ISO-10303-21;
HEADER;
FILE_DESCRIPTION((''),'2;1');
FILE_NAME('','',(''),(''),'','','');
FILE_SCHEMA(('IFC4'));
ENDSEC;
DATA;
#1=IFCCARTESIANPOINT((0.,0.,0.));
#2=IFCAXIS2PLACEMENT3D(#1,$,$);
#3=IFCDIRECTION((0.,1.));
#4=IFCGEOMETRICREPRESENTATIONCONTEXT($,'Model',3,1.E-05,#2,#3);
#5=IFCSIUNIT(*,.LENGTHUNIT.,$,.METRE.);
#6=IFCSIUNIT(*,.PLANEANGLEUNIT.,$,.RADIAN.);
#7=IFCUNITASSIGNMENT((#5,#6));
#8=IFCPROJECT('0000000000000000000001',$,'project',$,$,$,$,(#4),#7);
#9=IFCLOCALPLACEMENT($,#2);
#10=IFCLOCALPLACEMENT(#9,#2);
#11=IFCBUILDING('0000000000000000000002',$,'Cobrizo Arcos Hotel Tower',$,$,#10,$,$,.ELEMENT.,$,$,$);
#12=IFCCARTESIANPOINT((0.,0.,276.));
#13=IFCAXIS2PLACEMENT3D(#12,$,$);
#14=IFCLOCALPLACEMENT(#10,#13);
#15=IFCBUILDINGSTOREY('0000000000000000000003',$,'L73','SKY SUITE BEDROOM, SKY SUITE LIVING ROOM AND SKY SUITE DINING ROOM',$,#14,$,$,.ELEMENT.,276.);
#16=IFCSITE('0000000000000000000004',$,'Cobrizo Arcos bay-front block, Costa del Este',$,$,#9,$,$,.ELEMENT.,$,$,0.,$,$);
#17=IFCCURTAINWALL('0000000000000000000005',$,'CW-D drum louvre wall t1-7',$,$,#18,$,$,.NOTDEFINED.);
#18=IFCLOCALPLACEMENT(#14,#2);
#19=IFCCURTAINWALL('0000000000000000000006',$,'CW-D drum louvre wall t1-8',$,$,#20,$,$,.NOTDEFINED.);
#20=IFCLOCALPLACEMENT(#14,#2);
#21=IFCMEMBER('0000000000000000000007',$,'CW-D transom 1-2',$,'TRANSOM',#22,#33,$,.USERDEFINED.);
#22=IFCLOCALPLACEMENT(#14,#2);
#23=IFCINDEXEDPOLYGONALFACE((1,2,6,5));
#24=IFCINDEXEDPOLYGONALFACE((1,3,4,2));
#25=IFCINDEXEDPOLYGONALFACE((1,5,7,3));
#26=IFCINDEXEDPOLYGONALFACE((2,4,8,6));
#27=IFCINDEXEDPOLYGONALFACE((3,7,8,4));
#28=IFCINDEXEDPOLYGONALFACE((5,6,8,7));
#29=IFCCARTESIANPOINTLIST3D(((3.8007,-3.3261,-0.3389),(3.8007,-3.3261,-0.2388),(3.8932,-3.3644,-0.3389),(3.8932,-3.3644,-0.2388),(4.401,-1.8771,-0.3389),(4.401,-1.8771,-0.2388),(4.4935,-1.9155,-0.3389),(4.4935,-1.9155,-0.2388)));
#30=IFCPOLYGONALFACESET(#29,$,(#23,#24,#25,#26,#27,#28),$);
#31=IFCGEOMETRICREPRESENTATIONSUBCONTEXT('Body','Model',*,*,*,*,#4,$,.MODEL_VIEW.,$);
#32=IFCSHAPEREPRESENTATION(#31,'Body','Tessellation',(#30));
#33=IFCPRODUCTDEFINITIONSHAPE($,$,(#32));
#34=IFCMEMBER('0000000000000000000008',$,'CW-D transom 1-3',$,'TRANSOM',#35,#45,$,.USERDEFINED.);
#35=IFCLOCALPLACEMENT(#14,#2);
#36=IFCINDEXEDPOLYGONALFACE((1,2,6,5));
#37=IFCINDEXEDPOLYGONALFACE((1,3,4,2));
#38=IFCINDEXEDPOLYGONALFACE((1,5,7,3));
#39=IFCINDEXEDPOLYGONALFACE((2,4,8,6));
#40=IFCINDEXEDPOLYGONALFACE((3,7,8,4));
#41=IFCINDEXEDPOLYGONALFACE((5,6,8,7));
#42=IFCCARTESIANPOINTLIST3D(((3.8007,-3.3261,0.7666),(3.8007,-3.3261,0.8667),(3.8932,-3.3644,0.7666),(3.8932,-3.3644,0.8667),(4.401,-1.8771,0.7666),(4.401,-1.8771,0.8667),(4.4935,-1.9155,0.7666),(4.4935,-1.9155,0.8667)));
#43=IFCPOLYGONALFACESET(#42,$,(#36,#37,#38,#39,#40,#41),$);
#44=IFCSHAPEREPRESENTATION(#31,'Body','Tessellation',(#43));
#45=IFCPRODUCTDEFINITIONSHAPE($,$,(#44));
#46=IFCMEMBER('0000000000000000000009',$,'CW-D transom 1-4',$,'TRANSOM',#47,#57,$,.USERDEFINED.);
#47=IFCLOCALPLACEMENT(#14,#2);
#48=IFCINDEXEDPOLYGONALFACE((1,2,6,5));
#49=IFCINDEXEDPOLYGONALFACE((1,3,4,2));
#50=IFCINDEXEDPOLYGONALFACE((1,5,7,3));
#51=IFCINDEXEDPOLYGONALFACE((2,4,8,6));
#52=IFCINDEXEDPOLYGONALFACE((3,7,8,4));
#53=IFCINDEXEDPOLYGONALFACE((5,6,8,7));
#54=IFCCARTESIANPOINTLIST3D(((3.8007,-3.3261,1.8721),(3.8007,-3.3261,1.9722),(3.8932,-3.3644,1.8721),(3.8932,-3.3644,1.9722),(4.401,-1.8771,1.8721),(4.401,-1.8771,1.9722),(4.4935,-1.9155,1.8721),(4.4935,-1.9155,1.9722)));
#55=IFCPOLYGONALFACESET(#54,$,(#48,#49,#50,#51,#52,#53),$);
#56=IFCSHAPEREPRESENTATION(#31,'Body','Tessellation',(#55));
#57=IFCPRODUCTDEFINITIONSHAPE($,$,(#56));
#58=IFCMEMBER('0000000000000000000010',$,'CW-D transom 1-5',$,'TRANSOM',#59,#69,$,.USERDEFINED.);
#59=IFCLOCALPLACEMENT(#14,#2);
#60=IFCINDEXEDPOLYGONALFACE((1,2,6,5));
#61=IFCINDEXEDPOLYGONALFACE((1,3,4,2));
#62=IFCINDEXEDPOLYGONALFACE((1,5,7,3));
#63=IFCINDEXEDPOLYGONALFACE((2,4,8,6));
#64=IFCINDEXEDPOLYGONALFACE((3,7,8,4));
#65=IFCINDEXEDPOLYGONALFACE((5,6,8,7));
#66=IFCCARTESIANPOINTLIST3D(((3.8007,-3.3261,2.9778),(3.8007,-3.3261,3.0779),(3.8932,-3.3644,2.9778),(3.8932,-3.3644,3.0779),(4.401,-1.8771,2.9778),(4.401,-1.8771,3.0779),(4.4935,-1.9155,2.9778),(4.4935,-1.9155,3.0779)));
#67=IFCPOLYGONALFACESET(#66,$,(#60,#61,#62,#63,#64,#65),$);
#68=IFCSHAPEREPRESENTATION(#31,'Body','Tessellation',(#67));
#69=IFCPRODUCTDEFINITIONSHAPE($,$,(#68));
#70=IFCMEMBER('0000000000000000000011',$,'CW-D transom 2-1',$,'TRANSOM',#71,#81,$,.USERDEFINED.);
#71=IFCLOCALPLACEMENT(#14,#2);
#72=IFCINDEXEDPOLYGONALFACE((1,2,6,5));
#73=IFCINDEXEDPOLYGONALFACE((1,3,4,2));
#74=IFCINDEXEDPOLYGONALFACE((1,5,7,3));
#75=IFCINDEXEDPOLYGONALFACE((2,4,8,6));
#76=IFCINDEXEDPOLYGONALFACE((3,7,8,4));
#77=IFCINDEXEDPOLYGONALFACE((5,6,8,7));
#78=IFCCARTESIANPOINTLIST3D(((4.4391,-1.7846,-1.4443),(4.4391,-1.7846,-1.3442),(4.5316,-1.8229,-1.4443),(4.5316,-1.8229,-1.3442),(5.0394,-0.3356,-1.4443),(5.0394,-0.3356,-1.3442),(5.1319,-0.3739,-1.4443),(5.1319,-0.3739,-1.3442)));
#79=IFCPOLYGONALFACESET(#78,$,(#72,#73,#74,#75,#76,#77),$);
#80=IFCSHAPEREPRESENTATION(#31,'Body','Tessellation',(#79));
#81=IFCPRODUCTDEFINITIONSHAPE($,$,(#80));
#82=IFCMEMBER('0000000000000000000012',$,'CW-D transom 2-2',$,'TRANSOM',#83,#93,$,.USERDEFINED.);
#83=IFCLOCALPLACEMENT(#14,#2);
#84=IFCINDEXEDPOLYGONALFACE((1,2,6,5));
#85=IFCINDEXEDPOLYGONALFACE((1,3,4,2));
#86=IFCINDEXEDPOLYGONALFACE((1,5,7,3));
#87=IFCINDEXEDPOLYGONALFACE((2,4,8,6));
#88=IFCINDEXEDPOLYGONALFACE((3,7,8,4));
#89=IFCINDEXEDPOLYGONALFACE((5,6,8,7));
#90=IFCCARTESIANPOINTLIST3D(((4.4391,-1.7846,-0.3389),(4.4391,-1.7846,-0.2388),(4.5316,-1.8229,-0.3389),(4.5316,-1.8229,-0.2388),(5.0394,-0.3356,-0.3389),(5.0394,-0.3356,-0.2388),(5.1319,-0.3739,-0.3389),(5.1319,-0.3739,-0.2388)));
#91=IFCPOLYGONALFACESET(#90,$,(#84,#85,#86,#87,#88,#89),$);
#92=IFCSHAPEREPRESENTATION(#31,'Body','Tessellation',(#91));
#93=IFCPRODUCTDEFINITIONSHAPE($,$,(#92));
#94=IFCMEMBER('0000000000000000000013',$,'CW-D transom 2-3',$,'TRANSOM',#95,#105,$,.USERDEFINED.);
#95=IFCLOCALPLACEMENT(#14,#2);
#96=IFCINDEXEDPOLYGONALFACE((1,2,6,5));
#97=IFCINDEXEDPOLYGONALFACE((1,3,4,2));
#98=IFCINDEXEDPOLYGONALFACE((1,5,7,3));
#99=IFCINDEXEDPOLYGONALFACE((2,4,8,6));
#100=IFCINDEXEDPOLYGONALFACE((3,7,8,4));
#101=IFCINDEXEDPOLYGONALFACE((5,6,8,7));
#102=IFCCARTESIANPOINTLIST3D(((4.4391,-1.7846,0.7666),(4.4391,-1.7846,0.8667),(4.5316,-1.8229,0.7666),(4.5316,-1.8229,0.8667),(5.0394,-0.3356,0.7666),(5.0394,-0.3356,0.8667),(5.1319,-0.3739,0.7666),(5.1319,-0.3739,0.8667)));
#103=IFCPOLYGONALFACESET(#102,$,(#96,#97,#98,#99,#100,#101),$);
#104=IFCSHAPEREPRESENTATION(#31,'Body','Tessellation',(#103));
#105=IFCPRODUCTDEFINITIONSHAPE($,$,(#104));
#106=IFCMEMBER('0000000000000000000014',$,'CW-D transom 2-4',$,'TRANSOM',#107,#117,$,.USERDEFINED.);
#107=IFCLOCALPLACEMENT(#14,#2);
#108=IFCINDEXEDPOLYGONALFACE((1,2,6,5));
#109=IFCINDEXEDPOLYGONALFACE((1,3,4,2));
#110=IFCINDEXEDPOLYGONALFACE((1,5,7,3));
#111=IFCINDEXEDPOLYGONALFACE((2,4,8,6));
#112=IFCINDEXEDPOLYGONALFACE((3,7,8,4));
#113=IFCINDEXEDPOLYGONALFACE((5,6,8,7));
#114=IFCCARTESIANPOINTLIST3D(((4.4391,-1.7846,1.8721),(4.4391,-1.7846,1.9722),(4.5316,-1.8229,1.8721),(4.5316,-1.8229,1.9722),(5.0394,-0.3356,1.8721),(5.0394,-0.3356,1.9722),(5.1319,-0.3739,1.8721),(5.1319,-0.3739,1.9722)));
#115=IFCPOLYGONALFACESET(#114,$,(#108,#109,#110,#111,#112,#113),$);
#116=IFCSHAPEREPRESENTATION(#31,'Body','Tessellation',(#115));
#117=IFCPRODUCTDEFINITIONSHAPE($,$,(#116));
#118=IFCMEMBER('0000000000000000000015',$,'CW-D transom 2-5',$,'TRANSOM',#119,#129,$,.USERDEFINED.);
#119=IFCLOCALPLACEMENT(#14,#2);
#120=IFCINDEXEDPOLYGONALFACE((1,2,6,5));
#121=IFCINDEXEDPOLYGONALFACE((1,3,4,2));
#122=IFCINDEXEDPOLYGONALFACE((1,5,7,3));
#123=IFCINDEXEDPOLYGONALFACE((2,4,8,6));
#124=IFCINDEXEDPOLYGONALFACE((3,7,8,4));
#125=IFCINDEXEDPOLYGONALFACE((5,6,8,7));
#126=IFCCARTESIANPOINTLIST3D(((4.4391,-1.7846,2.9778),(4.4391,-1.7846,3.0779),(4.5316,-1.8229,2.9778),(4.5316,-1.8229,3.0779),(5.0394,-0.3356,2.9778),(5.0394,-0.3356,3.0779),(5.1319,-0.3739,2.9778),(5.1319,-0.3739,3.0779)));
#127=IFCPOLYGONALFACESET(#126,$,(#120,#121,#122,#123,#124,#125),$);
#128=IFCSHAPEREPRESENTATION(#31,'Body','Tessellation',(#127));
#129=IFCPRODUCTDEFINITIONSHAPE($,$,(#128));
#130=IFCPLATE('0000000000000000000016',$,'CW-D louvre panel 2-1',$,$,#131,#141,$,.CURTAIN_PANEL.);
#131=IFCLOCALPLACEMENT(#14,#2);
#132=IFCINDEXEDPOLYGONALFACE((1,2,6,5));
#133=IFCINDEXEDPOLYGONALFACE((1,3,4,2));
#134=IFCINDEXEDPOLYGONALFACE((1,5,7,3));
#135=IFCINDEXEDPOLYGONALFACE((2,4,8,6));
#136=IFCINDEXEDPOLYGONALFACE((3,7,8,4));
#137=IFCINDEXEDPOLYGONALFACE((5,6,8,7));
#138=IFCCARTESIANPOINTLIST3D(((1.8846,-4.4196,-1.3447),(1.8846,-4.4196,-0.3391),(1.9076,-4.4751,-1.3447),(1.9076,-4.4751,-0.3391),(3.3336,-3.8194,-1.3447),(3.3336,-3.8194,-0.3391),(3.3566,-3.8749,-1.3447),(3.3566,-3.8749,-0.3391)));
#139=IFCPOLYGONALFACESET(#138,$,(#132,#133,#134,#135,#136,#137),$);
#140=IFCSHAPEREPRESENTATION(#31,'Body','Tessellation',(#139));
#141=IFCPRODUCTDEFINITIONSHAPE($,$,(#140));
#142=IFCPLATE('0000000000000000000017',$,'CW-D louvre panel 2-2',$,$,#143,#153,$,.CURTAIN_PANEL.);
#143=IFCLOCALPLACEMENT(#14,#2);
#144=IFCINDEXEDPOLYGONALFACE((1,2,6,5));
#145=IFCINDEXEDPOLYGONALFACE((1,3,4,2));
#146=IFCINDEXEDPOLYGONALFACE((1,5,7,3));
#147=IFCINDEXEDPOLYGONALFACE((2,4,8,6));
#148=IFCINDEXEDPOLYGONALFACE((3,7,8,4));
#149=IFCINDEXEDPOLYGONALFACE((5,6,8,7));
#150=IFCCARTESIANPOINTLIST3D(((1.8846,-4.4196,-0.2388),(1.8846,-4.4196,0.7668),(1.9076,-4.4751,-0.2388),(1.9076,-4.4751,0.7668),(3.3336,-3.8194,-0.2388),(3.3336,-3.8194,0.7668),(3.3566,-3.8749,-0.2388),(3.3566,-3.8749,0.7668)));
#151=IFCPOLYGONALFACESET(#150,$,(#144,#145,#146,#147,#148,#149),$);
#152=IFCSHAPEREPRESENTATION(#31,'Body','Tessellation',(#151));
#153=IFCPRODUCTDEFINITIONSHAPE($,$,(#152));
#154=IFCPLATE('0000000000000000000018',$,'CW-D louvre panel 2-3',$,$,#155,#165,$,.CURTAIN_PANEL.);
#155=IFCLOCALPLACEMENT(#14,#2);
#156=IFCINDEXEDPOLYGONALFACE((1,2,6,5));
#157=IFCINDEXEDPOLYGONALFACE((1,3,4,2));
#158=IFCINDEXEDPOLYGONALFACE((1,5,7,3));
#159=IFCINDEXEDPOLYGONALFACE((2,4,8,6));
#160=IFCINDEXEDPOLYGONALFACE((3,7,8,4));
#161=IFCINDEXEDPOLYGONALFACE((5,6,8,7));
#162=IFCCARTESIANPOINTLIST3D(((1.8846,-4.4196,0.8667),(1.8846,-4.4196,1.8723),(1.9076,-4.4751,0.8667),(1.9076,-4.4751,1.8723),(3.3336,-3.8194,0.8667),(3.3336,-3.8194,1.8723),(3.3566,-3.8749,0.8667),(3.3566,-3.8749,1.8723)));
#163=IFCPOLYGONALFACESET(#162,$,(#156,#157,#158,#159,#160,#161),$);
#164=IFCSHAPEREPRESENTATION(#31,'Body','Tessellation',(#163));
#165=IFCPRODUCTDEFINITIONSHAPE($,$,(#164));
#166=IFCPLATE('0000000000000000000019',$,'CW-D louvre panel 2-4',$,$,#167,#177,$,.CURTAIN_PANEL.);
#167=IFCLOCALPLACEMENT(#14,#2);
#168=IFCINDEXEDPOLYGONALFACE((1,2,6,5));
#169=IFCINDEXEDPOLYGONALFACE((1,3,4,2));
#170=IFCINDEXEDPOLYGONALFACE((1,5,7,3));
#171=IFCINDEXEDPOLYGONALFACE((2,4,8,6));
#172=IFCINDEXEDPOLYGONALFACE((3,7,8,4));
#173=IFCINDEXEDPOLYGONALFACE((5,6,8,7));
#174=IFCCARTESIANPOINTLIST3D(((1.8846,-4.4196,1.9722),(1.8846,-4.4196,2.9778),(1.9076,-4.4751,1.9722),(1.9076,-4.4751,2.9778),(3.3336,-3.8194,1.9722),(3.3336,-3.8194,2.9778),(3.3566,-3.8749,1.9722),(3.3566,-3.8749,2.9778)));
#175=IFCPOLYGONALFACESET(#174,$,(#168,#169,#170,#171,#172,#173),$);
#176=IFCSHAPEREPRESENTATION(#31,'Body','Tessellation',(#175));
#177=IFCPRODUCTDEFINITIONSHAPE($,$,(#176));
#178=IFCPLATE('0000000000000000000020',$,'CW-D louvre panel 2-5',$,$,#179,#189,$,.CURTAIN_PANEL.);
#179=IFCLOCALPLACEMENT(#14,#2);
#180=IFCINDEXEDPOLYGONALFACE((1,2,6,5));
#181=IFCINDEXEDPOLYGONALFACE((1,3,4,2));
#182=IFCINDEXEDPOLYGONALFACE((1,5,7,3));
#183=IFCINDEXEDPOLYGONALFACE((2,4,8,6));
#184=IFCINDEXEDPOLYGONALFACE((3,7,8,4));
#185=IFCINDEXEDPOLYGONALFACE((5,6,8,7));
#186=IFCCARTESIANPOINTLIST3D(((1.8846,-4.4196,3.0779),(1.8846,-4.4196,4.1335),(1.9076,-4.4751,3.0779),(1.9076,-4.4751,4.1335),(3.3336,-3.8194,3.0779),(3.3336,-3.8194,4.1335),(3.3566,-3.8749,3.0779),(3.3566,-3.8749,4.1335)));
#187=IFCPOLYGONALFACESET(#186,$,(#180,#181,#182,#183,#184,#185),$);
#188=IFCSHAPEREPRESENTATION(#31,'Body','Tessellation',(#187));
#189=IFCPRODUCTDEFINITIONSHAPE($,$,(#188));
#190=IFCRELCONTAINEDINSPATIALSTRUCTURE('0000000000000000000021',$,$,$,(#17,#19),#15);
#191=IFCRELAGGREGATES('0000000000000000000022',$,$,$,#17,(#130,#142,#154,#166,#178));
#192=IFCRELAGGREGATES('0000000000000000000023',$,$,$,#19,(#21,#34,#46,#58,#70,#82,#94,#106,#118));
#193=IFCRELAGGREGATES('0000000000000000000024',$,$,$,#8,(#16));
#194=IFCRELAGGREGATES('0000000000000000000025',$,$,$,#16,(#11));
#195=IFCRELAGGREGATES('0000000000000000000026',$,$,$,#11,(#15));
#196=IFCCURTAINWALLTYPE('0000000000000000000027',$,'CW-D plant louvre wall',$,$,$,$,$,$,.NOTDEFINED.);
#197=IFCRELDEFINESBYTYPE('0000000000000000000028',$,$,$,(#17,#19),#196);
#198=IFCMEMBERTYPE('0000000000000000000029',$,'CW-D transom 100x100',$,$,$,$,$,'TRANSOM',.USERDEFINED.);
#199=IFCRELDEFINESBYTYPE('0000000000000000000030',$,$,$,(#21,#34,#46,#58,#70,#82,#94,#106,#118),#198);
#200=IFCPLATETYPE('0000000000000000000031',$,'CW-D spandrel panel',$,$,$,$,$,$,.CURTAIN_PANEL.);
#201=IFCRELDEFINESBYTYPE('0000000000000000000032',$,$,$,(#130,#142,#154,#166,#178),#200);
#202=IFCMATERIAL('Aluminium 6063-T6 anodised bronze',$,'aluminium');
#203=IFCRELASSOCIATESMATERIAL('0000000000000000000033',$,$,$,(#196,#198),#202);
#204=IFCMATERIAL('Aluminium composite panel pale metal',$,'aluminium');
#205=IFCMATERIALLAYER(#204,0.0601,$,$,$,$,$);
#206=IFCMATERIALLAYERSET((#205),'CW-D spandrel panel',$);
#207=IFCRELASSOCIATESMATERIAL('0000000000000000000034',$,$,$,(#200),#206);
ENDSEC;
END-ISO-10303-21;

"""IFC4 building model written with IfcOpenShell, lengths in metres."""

from ifc_helpers import new_model, si_unit, direction, frame, origin, origin_2d, place, context, subcontext, project, spatial, rectangle, extrude, material, layer, layer_set, material_profile, profile_set, type_object, element, aggregate, save


model = new_model("IFC4")

# Units and contexts
model_context = context("Model", 3, precision=1e-05, world=origin(), true_north=direction((0.0, 1.0)))
body_context = subcontext(model_context, "Body", "Model", "MODEL_VIEW")
ifc_project = project(units=[si_unit("LENGTHUNIT", "METRE"), si_unit("PLANEANGLEUNIT", "RADIAN")], contexts=[model_context])

# Site, building, storey
site_placement = place(None, origin())
site = spatial("IfcSite", under=ifc_project, at=site_placement, Name="Cobrizo Arcos bay-front block, Costa del Este", CompositionType="ELEMENT", RefElevation=0.0)
building_placement = place(site_placement, origin())
building = spatial("IfcBuilding", under=site, at=building_placement, Name="Cobrizo Arcos Hotel Tower", CompositionType="ELEMENT")
storey_placement = place(building_placement, frame((0.0, 0.0, 276.0)))
storey = spatial("IfcBuildingStorey", under=building, at=storey_placement, Name="L73", Description="SKY SUITE BEDROOM, SKY SUITE LIVING ROOM AND SKY SUITE DINING ROOM", CompositionType="ELEMENT", Elevation=276.0)

# Curtain wall
ifc_material_1 = material(Name="Aluminium 6063-T6 anodised bronze", Category="aluminium")
curtain_wall_type = type_object("IfcCurtainWallType", Name="CW-D plant louvre wall", PredefinedType="NOTDEFINED", material=ifc_material_1)
curtain_wall_1_placement = place(storey_placement, origin())
curtain_wall_1 = element("IfcCurtainWall", 1, at=curtain_wall_1_placement, inside=storey, type_object=curtain_wall_type, Name="CW-D drum louvre wall t1-7", PredefinedType="NOTDEFINED")

# Curtain wall, members
curtain_wall_2_placement = place(storey_placement, origin())
curtain_wall_2 = element("IfcCurtainWall", 2, at=curtain_wall_2_placement, inside=storey, type_object=curtain_wall_type, Name="CW-D drum louvre wall t1-8", PredefinedType="NOTDEFINED")
ifc_material_profile_1 = material_profile(ifc_material_1, rectangle(XDim=0.1001, YDim=0.1001, at=origin_2d()), Name="CW-D transom 100x100")
ifc_profile_set_1 = profile_set([ifc_material_profile_1], Name="Aluminium 6063-T6 anodised bronze")
member_type_1 = type_object("IfcMemberType", Name="CW-D transom 100x100", ElementType="TRANSOM", PredefinedType="USERDEFINED", material=ifc_profile_set_1)
member_1_placement = place(storey_placement, frame((3.8469, -3.3452, -0.2888), z_axis=(0.382769, 0.923844, 0.0), x_axis=(-0.923844, 0.382769, 0.0)))
member_1 = element("IfcMember", 3, at=member_1_placement, type_object=member_type_1, Name="CW-D transom 1-2", ObjectType="TRANSOM", PredefinedType="USERDEFINED", context=body_context, shape_type="SweptSolid", body=[
    extrude(rectangle(XDim=0.1001, YDim=0.1001, at=origin_2d()), origin(), (0.0, 0.0, 1.0), 1.5684),
])
member_2_placement = place(storey_placement, frame((3.8469, -3.3452, 0.8167), z_axis=(0.382769, 0.923844, 0.0), x_axis=(-0.923844, 0.382769, 0.0)))
member_2 = element("IfcMember", 4, at=member_2_placement, type_object=member_type_1, Name="CW-D transom 1-3", ObjectType="TRANSOM", PredefinedType="USERDEFINED", context=body_context, shape_type="SweptSolid", body=[
    extrude(rectangle(XDim=0.1001, YDim=0.1001, at=origin_2d()), origin(), (0.0, 0.0, 1.0), 1.5684),
])
member_3_placement = place(storey_placement, frame((3.8469, -3.3452, 1.9221), z_axis=(0.382769, 0.923844, 0.0), x_axis=(-0.923844, 0.382769, 0.0)))
member_3 = element("IfcMember", 5, at=member_3_placement, type_object=member_type_1, Name="CW-D transom 1-4", ObjectType="TRANSOM", PredefinedType="USERDEFINED", context=body_context, shape_type="SweptSolid", body=[
    extrude(rectangle(XDim=0.1001, YDim=0.1001, at=origin_2d()), origin(), (0.0, 0.0, 1.0), 1.5684),
])
member_4_placement = place(storey_placement, frame((3.8469, -3.3452, 3.0278), z_axis=(0.382769, 0.923844, 0.0), x_axis=(-0.923844, 0.382769, 0.0)))
member_4 = element("IfcMember", 6, at=member_4_placement, type_object=member_type_1, Name="CW-D transom 1-5", ObjectType="TRANSOM", PredefinedType="USERDEFINED", context=body_context, shape_type="SweptSolid", body=[
    extrude(rectangle(XDim=0.1001, YDim=0.1001, at=origin_2d()), origin(), (0.0, 0.0, 1.0), 1.5684),
])
member_5_placement = place(storey_placement, frame((4.4854, -1.8037, -1.3943), z_axis=(0.382769, 0.923844, 0.0), x_axis=(-0.923844, 0.382769, 0.0)))
member_5 = element("IfcMember", 7, at=member_5_placement, type_object=member_type_1, Name="CW-D transom 2-1", ObjectType="TRANSOM", PredefinedType="USERDEFINED", context=body_context, shape_type="SweptSolid", body=[
    extrude(rectangle(XDim=0.1001, YDim=0.1001, at=origin_2d()), origin(), (0.0, 0.0, 1.0), 1.5684),
])
member_6_placement = place(storey_placement, frame((4.4854, -1.8037, -0.2888), z_axis=(0.382769, 0.923844, 0.0), x_axis=(-0.923844, 0.382769, 0.0)))
member_6 = element("IfcMember", 8, at=member_6_placement, type_object=member_type_1, Name="CW-D transom 2-2", ObjectType="TRANSOM", PredefinedType="USERDEFINED", context=body_context, shape_type="SweptSolid", body=[
    extrude(rectangle(XDim=0.1001, YDim=0.1001, at=origin_2d()), origin(), (0.0, 0.0, 1.0), 1.5684),
])
member_7_placement = place(storey_placement, frame((4.4854, -1.8037, 0.8167), z_axis=(0.382769, 0.923844, 0.0), x_axis=(-0.923844, 0.382769, 0.0)))
member_7 = element("IfcMember", 9, at=member_7_placement, type_object=member_type_1, Name="CW-D transom 2-3", ObjectType="TRANSOM", PredefinedType="USERDEFINED", context=body_context, shape_type="SweptSolid", body=[
    extrude(rectangle(XDim=0.1001, YDim=0.1001, at=origin_2d()), origin(), (0.0, 0.0, 1.0), 1.5684),
])
member_8_placement = place(storey_placement, frame((4.4854, -1.8037, 1.9221), z_axis=(0.382769, 0.923844, 0.0), x_axis=(-0.923844, 0.382769, 0.0)))
member_8 = element("IfcMember", 10, at=member_8_placement, type_object=member_type_1, Name="CW-D transom 2-4", ObjectType="TRANSOM", PredefinedType="USERDEFINED", context=body_context, shape_type="SweptSolid", body=[
    extrude(rectangle(XDim=0.1001, YDim=0.1001, at=origin_2d()), origin(), (0.0, 0.0, 1.0), 1.5684),
])
member_9_placement = place(storey_placement, frame((4.4854, -1.8037, 3.0278), z_axis=(0.382769, 0.923844, 0.0), x_axis=(-0.923844, 0.382769, 0.0)))
member_9 = element("IfcMember", 11, at=member_9_placement, type_object=member_type_1, Name="CW-D transom 2-5", ObjectType="TRANSOM", PredefinedType="USERDEFINED", context=body_context, shape_type="SweptSolid", body=[
    extrude(rectangle(XDim=0.1001, YDim=0.1001, at=origin_2d()), origin(), (0.0, 0.0, 1.0), 1.5684),
])

# Plates
ifc_material_2 = material(Name="Aluminium composite panel pale metal", Category="aluminium")
ifc_layer_1 = layer(ifc_material_2, 0.0601)
ifc_layer_set_1 = layer_set([ifc_layer_1], Name="CW-D spandrel panel")
plate_type = type_object("IfcPlateType", Name="CW-D spandrel panel", PredefinedType="CURTAIN_PANEL", material=ifc_layer_set_1)
plate_1_placement = place(storey_placement, frame((2.6206, -4.1472, -1.3447), z_axis=(0.0, 0.0, 1.0), x_axis=(0.92388, 0.382683, 0.0)))
plate_1 = element("IfcPlate", 12, at=plate_1_placement, type_object=plate_type, Name="CW-D louvre panel 2-1", PredefinedType="CURTAIN_PANEL", context=body_context, shape_type="SweptSolid", body=[
    extrude(rectangle(XDim=1.5684, YDim=0.0601, at=origin_2d()), origin(), (0.0, 0.0, 1.0), 1.0056),
])
plate_2_placement = place(storey_placement, frame((2.6206, -4.1472, -0.2388), z_axis=(0.0, 0.0, 1.0), x_axis=(0.92388, 0.382683, 0.0)))
plate_2 = element("IfcPlate", 13, at=plate_2_placement, type_object=plate_type, Name="CW-D louvre panel 2-2", PredefinedType="CURTAIN_PANEL", context=body_context, shape_type="SweptSolid", body=[
    extrude(rectangle(XDim=1.5684, YDim=0.0601, at=origin_2d()), origin(), (0.0, 0.0, 1.0), 1.0056),
])
plate_3_placement = place(storey_placement, frame((2.6206, -4.1472, 0.8667), z_axis=(0.0, 0.0, 1.0), x_axis=(0.92388, 0.382683, 0.0)))
plate_3 = element("IfcPlate", 14, at=plate_3_placement, type_object=plate_type, Name="CW-D louvre panel 2-3", PredefinedType="CURTAIN_PANEL", context=body_context, shape_type="SweptSolid", body=[
    extrude(rectangle(XDim=1.5684, YDim=0.0601, at=origin_2d()), origin(), (0.0, 0.0, 1.0), 1.0056),
])
plate_4_placement = place(storey_placement, frame((2.6206, -4.1472, 1.9722), z_axis=(0.0, 0.0, 1.0), x_axis=(0.92388, 0.382683, 0.0)))
plate_4 = element("IfcPlate", 15, at=plate_4_placement, type_object=plate_type, Name="CW-D louvre panel 2-4", PredefinedType="CURTAIN_PANEL", context=body_context, shape_type="SweptSolid", body=[
    extrude(rectangle(XDim=1.5684, YDim=0.0601, at=origin_2d()), origin(), (0.0, 0.0, 1.0), 1.0056),
])
plate_5_placement = place(storey_placement, frame((2.6206, -4.1472, 3.0779), z_axis=(0.0, 0.0, 1.0), x_axis=(0.92388, 0.382683, 0.0)))
plate_5 = element("IfcPlate", 16, at=plate_5_placement, type_object=plate_type, Name="CW-D louvre panel 2-5", PredefinedType="CURTAIN_PANEL", context=body_context, shape_type="SweptSolid", body=[
    extrude(rectangle(XDim=1.5684, YDim=0.0601, at=origin_2d()), origin(), (0.0, 0.0, 1.0), 1.0557),
])
aggregate(curtain_wall_1, [plate_1, plate_2, plate_3, plate_4, plate_5])
aggregate(curtain_wall_2, [member_1, member_2, member_3, member_4, member_5, member_6, member_7, member_8, member_9])

save(model, "model.ifc")
